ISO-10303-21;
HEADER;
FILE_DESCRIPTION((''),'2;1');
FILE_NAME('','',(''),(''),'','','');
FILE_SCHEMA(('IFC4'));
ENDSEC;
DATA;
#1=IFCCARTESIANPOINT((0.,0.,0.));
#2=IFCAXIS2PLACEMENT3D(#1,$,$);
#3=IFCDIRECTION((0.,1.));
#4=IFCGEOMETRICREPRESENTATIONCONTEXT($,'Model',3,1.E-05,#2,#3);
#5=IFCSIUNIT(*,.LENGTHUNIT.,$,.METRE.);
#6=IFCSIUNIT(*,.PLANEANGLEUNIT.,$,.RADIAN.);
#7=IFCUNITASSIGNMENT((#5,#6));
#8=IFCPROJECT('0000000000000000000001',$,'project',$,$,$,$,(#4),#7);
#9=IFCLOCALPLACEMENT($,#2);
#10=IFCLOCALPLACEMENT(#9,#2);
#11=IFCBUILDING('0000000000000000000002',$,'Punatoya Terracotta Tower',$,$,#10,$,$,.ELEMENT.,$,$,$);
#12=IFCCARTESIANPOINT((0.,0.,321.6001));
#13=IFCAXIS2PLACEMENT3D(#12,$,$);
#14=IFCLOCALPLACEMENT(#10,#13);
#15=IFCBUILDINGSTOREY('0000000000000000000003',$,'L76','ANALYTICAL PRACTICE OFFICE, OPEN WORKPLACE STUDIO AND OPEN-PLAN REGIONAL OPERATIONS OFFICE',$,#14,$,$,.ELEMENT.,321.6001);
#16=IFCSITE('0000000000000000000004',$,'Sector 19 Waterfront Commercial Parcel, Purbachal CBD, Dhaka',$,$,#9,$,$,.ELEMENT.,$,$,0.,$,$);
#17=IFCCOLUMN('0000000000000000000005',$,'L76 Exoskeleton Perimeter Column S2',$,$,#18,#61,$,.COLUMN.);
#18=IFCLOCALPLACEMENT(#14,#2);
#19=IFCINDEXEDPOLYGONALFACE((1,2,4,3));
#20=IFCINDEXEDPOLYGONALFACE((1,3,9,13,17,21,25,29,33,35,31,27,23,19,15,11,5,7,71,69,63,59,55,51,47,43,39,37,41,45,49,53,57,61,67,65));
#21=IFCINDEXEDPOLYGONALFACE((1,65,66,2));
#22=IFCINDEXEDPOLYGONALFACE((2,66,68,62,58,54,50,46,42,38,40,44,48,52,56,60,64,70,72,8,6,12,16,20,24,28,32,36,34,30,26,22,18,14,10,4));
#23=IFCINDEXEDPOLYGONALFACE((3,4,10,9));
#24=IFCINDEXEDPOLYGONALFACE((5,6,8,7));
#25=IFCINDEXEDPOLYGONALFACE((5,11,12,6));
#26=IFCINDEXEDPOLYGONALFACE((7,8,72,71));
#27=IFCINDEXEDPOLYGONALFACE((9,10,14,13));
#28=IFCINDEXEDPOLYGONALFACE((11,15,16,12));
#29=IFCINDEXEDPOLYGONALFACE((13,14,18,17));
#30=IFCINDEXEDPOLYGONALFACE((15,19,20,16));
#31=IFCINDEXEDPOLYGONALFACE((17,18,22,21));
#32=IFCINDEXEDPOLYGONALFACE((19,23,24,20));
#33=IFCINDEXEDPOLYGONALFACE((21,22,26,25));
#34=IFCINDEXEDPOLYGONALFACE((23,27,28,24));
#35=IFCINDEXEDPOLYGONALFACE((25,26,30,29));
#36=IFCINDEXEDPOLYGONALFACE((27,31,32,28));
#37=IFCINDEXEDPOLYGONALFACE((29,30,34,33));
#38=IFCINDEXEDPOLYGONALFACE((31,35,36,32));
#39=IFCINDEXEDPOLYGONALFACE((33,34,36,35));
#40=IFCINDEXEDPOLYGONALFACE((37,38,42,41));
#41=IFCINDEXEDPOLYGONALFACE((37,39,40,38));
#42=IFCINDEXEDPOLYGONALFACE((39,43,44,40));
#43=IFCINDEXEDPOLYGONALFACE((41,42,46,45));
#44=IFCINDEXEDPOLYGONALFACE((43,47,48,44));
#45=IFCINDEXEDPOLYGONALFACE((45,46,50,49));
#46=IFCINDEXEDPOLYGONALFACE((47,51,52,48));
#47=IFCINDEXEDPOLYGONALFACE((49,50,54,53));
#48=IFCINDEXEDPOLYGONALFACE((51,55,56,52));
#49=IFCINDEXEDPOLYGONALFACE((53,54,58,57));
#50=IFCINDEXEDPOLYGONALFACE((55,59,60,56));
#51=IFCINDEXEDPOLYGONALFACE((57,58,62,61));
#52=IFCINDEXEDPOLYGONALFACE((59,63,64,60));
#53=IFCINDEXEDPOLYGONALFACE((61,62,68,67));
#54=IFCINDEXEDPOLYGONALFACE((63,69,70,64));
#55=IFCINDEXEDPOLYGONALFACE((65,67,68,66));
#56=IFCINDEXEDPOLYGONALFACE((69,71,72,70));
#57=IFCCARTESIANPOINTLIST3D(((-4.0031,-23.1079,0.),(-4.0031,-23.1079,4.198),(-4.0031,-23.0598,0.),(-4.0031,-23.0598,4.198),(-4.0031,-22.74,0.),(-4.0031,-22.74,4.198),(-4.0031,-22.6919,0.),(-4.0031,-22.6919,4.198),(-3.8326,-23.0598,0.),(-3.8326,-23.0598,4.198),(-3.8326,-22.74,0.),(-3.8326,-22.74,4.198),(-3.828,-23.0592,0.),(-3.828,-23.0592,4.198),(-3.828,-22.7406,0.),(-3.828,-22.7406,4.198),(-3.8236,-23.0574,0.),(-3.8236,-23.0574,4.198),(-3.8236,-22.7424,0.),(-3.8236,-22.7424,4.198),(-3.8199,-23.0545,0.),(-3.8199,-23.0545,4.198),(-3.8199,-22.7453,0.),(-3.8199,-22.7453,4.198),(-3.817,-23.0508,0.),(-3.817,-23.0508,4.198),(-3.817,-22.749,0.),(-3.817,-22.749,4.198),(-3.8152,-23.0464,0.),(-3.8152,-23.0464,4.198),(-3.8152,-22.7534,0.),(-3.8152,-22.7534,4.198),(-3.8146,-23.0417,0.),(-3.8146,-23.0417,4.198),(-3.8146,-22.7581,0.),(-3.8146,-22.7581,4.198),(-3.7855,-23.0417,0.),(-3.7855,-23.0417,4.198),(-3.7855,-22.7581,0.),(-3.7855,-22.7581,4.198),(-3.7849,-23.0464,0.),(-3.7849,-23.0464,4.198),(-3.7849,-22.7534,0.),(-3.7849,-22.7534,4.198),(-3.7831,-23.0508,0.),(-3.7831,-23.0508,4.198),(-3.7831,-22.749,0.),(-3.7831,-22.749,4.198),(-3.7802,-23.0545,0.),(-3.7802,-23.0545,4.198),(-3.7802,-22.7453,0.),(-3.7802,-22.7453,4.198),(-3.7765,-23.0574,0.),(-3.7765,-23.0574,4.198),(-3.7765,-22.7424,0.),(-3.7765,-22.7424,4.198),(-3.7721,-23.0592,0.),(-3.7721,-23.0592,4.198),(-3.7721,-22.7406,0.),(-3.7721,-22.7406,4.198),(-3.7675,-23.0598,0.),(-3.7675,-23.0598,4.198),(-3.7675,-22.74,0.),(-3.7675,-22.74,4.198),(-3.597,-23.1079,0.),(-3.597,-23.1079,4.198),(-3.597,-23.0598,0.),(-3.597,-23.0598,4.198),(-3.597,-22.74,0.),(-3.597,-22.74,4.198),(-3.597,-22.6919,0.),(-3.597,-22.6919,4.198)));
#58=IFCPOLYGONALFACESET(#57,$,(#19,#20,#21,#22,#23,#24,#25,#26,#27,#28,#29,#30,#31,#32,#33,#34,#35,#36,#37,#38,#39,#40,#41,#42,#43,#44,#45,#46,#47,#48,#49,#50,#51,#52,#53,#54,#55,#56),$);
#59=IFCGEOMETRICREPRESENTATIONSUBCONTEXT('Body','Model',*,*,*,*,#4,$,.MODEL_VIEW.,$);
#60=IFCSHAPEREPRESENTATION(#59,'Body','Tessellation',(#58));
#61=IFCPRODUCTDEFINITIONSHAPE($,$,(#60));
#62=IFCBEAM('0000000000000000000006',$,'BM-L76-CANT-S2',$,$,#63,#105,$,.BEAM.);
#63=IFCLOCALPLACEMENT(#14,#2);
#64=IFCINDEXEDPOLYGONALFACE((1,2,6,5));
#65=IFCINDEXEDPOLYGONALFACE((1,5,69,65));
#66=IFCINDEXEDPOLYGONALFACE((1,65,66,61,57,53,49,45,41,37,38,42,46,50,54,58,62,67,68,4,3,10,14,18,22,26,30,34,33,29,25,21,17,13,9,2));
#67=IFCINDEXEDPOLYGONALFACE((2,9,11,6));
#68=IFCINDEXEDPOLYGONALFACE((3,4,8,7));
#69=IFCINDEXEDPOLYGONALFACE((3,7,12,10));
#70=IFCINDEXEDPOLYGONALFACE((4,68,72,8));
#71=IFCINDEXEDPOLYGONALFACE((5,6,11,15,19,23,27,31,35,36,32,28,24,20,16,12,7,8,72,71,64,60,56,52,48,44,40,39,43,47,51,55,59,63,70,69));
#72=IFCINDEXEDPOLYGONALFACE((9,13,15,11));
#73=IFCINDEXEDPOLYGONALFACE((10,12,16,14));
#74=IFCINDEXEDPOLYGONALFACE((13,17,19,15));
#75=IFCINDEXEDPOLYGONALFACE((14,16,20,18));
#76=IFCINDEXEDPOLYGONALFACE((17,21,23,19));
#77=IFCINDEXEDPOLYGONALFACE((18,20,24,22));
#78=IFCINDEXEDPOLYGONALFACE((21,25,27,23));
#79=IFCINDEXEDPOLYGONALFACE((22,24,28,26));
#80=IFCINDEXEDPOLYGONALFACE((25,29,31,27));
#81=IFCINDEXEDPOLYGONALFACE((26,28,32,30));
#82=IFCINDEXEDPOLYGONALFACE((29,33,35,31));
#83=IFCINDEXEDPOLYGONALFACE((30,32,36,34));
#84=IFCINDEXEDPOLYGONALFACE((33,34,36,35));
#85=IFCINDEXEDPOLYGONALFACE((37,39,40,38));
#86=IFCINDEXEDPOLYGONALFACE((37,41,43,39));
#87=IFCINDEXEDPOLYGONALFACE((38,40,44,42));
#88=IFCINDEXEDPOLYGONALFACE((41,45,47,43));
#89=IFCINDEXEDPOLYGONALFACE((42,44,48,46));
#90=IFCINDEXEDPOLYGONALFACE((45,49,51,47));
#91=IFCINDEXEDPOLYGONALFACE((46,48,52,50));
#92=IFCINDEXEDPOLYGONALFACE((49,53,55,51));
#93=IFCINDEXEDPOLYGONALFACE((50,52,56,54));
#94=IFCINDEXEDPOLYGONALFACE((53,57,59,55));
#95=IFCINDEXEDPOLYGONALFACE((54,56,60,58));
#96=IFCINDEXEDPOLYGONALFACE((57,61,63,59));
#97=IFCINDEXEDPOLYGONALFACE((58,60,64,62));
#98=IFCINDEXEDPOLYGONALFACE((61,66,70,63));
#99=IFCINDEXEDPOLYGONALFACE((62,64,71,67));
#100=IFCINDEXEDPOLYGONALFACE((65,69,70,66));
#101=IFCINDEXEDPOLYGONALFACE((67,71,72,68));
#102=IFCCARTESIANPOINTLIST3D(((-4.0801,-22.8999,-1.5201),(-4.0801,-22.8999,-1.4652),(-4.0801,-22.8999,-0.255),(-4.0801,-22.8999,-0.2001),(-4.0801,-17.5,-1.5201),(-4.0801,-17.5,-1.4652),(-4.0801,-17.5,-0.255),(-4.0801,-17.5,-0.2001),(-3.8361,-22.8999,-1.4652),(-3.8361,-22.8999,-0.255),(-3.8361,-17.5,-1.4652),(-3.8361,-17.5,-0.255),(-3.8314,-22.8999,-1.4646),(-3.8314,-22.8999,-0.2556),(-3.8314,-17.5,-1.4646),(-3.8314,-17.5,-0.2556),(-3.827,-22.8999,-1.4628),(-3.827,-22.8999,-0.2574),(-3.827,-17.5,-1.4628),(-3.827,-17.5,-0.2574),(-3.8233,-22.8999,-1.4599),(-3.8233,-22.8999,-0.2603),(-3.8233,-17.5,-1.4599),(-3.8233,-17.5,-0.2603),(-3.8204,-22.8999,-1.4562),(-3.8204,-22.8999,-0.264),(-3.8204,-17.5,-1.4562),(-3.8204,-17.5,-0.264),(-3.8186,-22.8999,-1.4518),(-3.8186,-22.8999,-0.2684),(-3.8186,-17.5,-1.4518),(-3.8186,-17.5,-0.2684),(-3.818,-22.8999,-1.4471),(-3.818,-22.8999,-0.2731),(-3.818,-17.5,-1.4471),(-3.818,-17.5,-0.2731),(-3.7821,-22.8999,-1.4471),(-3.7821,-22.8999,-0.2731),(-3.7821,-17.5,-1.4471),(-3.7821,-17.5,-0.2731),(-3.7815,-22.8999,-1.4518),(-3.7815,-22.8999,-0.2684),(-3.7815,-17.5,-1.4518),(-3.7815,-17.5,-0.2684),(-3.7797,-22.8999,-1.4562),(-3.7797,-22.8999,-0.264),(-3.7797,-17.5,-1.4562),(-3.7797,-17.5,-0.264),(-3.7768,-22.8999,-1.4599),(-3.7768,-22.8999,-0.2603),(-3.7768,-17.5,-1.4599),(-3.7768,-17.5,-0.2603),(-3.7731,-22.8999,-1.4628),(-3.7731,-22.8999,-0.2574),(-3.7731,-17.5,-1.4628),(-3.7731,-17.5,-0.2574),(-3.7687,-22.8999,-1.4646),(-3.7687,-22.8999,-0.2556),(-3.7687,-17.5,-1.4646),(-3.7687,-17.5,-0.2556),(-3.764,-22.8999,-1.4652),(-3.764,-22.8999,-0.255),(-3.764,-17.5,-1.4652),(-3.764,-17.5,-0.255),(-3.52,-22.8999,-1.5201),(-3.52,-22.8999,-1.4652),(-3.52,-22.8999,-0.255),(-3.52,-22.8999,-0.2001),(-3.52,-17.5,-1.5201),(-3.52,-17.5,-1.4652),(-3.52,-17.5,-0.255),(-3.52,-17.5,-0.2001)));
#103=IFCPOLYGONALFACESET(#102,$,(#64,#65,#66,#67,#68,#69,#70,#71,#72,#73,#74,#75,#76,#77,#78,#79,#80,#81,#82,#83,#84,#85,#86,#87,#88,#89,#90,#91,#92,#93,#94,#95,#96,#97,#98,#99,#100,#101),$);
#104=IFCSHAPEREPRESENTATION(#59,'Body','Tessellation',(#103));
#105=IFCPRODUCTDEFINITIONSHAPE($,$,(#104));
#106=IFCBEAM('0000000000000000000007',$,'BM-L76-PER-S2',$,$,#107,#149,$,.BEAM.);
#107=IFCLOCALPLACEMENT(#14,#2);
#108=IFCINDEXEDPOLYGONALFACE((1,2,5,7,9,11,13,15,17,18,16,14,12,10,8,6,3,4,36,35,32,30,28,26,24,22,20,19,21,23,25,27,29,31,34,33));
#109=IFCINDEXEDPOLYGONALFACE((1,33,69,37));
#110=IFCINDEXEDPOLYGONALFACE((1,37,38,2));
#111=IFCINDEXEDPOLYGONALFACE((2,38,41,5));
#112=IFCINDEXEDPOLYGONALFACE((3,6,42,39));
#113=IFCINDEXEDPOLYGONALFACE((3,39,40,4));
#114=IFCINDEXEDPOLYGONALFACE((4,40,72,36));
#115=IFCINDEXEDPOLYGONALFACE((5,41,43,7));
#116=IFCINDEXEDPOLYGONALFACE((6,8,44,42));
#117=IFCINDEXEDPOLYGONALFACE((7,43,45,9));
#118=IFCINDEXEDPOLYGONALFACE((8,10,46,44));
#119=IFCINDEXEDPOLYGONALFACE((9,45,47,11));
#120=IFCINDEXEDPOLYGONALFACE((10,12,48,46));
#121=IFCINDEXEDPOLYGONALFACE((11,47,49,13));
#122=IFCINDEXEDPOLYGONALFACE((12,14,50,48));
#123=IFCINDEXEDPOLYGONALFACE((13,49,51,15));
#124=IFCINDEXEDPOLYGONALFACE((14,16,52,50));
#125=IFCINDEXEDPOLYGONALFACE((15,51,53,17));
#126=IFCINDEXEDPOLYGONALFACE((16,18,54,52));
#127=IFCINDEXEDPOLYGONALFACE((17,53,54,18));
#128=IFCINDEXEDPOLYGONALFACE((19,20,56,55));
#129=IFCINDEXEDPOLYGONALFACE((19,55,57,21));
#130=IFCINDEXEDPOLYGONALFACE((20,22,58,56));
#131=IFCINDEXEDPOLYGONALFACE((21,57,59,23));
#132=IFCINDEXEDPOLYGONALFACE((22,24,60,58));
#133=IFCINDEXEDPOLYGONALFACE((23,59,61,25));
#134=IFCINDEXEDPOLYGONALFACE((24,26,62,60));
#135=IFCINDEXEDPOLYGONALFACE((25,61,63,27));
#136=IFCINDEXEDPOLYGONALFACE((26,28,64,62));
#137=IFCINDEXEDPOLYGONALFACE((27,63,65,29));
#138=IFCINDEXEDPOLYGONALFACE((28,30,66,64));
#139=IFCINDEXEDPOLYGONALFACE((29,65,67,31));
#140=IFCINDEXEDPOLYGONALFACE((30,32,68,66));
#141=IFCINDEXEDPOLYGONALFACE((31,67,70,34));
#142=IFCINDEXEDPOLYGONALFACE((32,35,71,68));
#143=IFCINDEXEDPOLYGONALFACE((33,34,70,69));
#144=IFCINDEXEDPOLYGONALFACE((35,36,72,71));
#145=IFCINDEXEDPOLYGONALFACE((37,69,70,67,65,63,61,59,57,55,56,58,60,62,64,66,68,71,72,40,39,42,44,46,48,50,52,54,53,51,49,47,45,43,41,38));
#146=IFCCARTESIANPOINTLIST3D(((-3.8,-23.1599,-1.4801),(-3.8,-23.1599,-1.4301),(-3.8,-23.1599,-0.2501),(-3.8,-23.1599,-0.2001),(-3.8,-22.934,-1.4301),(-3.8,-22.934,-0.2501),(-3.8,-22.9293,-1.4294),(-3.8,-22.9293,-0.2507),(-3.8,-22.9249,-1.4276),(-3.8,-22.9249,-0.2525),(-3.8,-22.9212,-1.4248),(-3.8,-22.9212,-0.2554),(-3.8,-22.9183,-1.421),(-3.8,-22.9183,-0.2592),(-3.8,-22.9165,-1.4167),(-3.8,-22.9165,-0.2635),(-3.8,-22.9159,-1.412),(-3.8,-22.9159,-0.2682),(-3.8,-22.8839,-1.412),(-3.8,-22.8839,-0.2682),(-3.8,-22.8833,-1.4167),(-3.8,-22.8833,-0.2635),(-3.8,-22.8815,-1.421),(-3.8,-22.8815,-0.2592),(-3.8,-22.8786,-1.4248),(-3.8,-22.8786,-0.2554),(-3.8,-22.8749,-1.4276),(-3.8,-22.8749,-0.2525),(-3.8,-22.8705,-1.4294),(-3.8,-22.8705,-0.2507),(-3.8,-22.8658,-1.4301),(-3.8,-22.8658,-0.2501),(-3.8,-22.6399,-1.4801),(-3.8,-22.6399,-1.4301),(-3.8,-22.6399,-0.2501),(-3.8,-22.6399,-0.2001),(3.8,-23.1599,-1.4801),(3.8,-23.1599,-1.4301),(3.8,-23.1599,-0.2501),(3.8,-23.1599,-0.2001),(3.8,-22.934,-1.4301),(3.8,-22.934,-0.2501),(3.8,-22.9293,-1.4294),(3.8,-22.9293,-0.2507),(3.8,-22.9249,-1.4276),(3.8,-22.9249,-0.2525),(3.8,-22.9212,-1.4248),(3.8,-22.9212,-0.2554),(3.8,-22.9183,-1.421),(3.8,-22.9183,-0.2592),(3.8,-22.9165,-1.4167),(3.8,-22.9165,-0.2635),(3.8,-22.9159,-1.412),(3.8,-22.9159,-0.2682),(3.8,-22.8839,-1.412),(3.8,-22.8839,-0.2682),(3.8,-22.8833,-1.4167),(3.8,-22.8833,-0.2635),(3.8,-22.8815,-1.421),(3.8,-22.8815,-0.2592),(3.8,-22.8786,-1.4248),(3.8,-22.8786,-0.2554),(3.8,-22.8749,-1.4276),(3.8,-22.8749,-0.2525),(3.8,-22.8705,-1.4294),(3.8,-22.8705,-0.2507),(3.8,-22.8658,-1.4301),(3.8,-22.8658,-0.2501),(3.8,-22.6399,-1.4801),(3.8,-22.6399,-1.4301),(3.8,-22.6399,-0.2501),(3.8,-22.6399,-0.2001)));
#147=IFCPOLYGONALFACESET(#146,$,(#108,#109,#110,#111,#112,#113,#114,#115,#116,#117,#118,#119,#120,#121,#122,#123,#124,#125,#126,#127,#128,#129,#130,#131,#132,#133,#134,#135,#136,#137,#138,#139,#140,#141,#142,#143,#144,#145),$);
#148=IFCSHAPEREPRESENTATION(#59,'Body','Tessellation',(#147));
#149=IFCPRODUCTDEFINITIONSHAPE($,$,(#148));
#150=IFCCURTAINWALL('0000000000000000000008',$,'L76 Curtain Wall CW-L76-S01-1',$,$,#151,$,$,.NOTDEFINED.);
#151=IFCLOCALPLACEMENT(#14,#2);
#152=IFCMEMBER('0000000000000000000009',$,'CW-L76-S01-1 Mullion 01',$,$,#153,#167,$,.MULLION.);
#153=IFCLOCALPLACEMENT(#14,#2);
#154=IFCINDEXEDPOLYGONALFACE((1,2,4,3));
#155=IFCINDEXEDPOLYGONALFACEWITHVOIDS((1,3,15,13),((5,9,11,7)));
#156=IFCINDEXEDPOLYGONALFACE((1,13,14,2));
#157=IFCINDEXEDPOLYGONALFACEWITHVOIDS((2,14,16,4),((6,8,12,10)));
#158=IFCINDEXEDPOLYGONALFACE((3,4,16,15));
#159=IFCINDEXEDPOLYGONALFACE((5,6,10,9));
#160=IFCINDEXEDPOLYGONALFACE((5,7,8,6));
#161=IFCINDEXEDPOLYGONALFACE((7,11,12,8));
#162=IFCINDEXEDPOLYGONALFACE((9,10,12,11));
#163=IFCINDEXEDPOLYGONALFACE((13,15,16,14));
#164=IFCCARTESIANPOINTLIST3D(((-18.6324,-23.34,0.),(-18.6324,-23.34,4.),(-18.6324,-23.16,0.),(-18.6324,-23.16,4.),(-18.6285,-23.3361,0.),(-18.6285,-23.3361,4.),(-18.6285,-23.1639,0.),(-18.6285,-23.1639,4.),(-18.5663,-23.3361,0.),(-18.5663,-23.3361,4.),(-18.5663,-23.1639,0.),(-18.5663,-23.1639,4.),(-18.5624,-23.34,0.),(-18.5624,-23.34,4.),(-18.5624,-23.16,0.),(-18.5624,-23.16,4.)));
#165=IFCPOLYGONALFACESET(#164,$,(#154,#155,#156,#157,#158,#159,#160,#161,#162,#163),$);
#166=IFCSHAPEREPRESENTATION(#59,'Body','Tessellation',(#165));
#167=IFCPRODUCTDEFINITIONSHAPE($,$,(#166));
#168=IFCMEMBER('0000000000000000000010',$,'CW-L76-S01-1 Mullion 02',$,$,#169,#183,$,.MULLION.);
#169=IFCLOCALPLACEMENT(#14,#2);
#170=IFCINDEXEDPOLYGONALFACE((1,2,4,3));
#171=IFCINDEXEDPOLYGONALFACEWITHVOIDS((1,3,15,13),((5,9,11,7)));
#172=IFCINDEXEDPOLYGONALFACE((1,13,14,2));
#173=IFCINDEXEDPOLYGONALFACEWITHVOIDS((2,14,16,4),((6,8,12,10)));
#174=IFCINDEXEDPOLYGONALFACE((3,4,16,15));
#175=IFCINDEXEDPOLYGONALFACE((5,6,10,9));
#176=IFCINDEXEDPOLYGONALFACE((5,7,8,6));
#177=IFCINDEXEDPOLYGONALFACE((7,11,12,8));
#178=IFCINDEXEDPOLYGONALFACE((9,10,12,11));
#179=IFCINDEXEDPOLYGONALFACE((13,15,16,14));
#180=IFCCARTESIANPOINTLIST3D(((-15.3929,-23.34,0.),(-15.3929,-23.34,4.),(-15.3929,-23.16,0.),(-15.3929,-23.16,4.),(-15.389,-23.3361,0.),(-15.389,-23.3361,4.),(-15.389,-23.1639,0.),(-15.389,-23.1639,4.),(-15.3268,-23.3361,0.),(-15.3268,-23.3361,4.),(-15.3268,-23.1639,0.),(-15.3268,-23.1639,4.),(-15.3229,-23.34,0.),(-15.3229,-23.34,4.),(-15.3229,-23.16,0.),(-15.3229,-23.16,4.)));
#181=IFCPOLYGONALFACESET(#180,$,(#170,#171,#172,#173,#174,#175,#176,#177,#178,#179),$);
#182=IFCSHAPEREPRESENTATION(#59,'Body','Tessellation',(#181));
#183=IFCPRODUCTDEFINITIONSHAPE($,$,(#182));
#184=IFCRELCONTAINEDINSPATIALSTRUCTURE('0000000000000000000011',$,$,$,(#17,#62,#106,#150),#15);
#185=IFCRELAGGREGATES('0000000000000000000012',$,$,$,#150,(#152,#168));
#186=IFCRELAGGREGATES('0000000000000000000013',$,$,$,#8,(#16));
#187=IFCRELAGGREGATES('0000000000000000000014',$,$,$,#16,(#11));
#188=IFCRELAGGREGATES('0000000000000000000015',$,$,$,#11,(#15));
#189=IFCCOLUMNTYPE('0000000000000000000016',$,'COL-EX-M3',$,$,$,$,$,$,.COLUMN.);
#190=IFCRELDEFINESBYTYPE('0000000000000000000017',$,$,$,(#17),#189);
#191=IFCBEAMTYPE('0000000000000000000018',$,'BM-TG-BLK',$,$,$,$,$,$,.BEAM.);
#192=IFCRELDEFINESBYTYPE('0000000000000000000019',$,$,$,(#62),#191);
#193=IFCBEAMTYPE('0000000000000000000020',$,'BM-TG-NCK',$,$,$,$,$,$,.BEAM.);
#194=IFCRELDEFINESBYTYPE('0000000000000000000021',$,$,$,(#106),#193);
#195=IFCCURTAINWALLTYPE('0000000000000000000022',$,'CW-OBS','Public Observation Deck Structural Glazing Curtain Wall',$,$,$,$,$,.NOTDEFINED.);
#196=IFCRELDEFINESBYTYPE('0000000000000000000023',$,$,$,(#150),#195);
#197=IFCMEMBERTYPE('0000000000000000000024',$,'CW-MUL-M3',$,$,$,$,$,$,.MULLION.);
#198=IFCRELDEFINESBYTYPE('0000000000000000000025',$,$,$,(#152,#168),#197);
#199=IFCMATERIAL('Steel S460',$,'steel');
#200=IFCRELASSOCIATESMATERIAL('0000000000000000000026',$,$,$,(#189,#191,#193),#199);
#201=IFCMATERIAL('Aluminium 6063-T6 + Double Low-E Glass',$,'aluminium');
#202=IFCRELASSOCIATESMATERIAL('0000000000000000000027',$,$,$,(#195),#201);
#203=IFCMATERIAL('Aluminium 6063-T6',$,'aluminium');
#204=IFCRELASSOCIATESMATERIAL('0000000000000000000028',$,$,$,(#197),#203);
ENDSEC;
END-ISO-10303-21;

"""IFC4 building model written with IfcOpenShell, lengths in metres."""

from ifc_helpers import new_model, si_unit, direction, frame, origin, origin_2d, place, context, subcontext, project, spatial, hollow_rectangle, i_section, extrude, material, material_profile, profile_set, type_object, element, aggregate, save


model = new_model("IFC4")

# Units and contexts
model_context = context("Model", 3, precision=1e-05, world=origin(), true_north=direction((0.0, 1.0)))
body_context = subcontext(model_context, "Body", "Model", "MODEL_VIEW")
ifc_project = project(units=[si_unit("LENGTHUNIT", "METRE"), si_unit("PLANEANGLEUNIT", "RADIAN")], contexts=[model_context])

# Site, building, storey
site_placement = place(None, origin())
site = spatial("IfcSite", under=ifc_project, at=site_placement, Name="Sector 19 Waterfront Commercial Parcel, Purbachal CBD, Dhaka", CompositionType="ELEMENT", RefElevation=0.0)
building_placement = place(site_placement, origin())
building = spatial("IfcBuilding", under=site, at=building_placement, Name="Punatoya Terracotta Tower", CompositionType="ELEMENT")
storey_placement = place(building_placement, frame((0.0, 0.0, 321.6001)))
storey = spatial("IfcBuildingStorey", under=building, at=storey_placement, Name="L76", Description="ANALYTICAL PRACTICE OFFICE, OPEN WORKPLACE STUDIO AND OPEN-PLAN REGIONAL OPERATIONS OFFICE", CompositionType="ELEMENT", Elevation=321.6001)

# Column
ifc_material_1 = material(Name="Steel S460", Category="steel")
ifc_material_profile_1 = material_profile(ifc_material_1, i_section(OverallWidth=0.406, OverallDepth=0.416, WebThickness=0.0291, FlangeThickness=0.0481, FilletRadius=0.0181, at=origin_2d()))
ifc_profile_set_1 = profile_set([ifc_material_profile_1], Name="Steel S460")
column_type = type_object("IfcColumnType", Name="COL-EX-M3", PredefinedType="COLUMN", material=ifc_profile_set_1)
column_placement = place(storey_placement, frame((-3.8, -22.8999, 0.0), z_axis=(0.0, 0.0, 1.0), x_axis=(1.0, 0.0, 0.0)))
element("IfcColumn", 1, at=column_placement, inside=storey, type_object=column_type, Name="L76 Exoskeleton Perimeter Column S2", PredefinedType="COLUMN", context=body_context, shape_type="SweptSolid", body=[
    extrude(i_section(OverallWidth=0.406, OverallDepth=0.416, WebThickness=0.0291, FlangeThickness=0.0481, FilletRadius=0.0181, at=origin_2d()), origin(), (0.0, 0.0, 1.0), 4.198),
])

# Beams
ifc_material_profile_2 = material_profile(ifc_material_1, i_section(OverallWidth=0.5601, OverallDepth=1.3201, WebThickness=0.0359, FlangeThickness=0.0549, FilletRadius=0.0181, at=origin_2d()))
ifc_profile_set_2 = profile_set([ifc_material_profile_2], Name="Steel S460")
beam_type_1 = type_object("IfcBeamType", Name="BM-TG-BLK", PredefinedType="BEAM", material=ifc_profile_set_2)
beam_1_placement = place(storey_placement, frame((-3.8, -22.8999, -0.8601), z_axis=(0.0, 1.0, 0.0), x_axis=(-1.0, 0.0, 0.0)))
element("IfcBeam", 2, at=beam_1_placement, inside=storey, type_object=beam_type_1, Name="BM-L76-CANT-S2", PredefinedType="BEAM", context=body_context, shape_type="SweptSolid", body=[
    extrude(i_section(OverallWidth=0.5601, OverallDepth=1.3201, WebThickness=0.0359, FlangeThickness=0.0549, FilletRadius=0.0181, at=origin_2d()), origin(), (0.0, 0.0, 1.0), 5.3999),
])
ifc_material_profile_3 = material_profile(ifc_material_1, i_section(OverallWidth=0.52, OverallDepth=1.28, WebThickness=0.032, FlangeThickness=0.05, FilletRadius=0.0181, at=origin_2d()))
ifc_profile_set_3 = profile_set([ifc_material_profile_3], Name="Steel S460")
beam_type_2 = type_object("IfcBeamType", Name="BM-TG-NCK", PredefinedType="BEAM", material=ifc_profile_set_3)
beam_2_placement = place(storey_placement, frame((-3.8, -22.8999, -0.8401), z_axis=(1.0, 0.0, 0.0), x_axis=(0.0, 1.0, 0.0)))
element("IfcBeam", 3, at=beam_2_placement, inside=storey, type_object=beam_type_2, Name="BM-L76-PER-S2", PredefinedType="BEAM", context=body_context, shape_type="SweptSolid", body=[
    extrude(i_section(OverallWidth=0.52, OverallDepth=1.28, WebThickness=0.032, FlangeThickness=0.05, FilletRadius=0.0181, at=origin_2d()), origin(), (0.0, 0.0, 1.0), 7.6001),
])

# Curtain wall, members
ifc_material_2 = material(Name="Aluminium 6063-T6 + Double Low-E Glass", Category="aluminium")
curtain_wall_type = type_object("IfcCurtainWallType", Name="CW-OBS", Description="Public Observation Deck Structural Glazing Curtain Wall", PredefinedType="NOTDEFINED", material=ifc_material_2)
curtain_wall_placement = place(storey_placement, origin())
curtain_wall = element("IfcCurtainWall", 4, at=curtain_wall_placement, inside=storey, type_object=curtain_wall_type, Name="L76 Curtain Wall CW-L76-S01-1", PredefinedType="NOTDEFINED")
ifc_material_3 = material(Name="Aluminium 6063-T6", Category="aluminium")
ifc_material_profile_4 = material_profile(ifc_material_3, hollow_rectangle(XDim=0.0701, YDim=0.1799, WallThickness=0.0039, at=origin_2d()))
ifc_profile_set_4 = profile_set([ifc_material_profile_4], Name="Aluminium 6063-T6")
member_type_1 = type_object("IfcMemberType", Name="CW-MUL-M3", PredefinedType="MULLION", material=ifc_profile_set_4)
member_1_placement = place(storey_placement, frame((-18.5974, -23.25, 0.0), z_axis=(0.0, 0.0, 1.0), x_axis=(1.0, 0.0, 0.0)))
member_1 = element("IfcMember", 5, at=member_1_placement, type_object=member_type_1, Name="CW-L76-S01-1 Mullion 01", PredefinedType="MULLION", context=body_context, shape_type="SweptSolid", body=[
    extrude(hollow_rectangle(XDim=0.0701, YDim=0.1799, WallThickness=0.0039, at=origin_2d()), origin(), (0.0, 0.0, 1.0), 4.0),
])
member_2_placement = place(storey_placement, frame((-15.3579, -23.25, 0.0), z_axis=(0.0, 0.0, 1.0), x_axis=(1.0, 0.0, 0.0)))
member_2 = element("IfcMember", 6, at=member_2_placement, type_object=member_type_1, Name="CW-L76-S01-1 Mullion 02", PredefinedType="MULLION", context=body_context, shape_type="SweptSolid", body=[
    extrude(hollow_rectangle(XDim=0.0701, YDim=0.1799, WallThickness=0.0039, at=origin_2d()), origin(), (0.0, 0.0, 1.0), 4.0),
])

aggregate(curtain_wall, [member_1, member_2])

save(model, "model.ifc")
